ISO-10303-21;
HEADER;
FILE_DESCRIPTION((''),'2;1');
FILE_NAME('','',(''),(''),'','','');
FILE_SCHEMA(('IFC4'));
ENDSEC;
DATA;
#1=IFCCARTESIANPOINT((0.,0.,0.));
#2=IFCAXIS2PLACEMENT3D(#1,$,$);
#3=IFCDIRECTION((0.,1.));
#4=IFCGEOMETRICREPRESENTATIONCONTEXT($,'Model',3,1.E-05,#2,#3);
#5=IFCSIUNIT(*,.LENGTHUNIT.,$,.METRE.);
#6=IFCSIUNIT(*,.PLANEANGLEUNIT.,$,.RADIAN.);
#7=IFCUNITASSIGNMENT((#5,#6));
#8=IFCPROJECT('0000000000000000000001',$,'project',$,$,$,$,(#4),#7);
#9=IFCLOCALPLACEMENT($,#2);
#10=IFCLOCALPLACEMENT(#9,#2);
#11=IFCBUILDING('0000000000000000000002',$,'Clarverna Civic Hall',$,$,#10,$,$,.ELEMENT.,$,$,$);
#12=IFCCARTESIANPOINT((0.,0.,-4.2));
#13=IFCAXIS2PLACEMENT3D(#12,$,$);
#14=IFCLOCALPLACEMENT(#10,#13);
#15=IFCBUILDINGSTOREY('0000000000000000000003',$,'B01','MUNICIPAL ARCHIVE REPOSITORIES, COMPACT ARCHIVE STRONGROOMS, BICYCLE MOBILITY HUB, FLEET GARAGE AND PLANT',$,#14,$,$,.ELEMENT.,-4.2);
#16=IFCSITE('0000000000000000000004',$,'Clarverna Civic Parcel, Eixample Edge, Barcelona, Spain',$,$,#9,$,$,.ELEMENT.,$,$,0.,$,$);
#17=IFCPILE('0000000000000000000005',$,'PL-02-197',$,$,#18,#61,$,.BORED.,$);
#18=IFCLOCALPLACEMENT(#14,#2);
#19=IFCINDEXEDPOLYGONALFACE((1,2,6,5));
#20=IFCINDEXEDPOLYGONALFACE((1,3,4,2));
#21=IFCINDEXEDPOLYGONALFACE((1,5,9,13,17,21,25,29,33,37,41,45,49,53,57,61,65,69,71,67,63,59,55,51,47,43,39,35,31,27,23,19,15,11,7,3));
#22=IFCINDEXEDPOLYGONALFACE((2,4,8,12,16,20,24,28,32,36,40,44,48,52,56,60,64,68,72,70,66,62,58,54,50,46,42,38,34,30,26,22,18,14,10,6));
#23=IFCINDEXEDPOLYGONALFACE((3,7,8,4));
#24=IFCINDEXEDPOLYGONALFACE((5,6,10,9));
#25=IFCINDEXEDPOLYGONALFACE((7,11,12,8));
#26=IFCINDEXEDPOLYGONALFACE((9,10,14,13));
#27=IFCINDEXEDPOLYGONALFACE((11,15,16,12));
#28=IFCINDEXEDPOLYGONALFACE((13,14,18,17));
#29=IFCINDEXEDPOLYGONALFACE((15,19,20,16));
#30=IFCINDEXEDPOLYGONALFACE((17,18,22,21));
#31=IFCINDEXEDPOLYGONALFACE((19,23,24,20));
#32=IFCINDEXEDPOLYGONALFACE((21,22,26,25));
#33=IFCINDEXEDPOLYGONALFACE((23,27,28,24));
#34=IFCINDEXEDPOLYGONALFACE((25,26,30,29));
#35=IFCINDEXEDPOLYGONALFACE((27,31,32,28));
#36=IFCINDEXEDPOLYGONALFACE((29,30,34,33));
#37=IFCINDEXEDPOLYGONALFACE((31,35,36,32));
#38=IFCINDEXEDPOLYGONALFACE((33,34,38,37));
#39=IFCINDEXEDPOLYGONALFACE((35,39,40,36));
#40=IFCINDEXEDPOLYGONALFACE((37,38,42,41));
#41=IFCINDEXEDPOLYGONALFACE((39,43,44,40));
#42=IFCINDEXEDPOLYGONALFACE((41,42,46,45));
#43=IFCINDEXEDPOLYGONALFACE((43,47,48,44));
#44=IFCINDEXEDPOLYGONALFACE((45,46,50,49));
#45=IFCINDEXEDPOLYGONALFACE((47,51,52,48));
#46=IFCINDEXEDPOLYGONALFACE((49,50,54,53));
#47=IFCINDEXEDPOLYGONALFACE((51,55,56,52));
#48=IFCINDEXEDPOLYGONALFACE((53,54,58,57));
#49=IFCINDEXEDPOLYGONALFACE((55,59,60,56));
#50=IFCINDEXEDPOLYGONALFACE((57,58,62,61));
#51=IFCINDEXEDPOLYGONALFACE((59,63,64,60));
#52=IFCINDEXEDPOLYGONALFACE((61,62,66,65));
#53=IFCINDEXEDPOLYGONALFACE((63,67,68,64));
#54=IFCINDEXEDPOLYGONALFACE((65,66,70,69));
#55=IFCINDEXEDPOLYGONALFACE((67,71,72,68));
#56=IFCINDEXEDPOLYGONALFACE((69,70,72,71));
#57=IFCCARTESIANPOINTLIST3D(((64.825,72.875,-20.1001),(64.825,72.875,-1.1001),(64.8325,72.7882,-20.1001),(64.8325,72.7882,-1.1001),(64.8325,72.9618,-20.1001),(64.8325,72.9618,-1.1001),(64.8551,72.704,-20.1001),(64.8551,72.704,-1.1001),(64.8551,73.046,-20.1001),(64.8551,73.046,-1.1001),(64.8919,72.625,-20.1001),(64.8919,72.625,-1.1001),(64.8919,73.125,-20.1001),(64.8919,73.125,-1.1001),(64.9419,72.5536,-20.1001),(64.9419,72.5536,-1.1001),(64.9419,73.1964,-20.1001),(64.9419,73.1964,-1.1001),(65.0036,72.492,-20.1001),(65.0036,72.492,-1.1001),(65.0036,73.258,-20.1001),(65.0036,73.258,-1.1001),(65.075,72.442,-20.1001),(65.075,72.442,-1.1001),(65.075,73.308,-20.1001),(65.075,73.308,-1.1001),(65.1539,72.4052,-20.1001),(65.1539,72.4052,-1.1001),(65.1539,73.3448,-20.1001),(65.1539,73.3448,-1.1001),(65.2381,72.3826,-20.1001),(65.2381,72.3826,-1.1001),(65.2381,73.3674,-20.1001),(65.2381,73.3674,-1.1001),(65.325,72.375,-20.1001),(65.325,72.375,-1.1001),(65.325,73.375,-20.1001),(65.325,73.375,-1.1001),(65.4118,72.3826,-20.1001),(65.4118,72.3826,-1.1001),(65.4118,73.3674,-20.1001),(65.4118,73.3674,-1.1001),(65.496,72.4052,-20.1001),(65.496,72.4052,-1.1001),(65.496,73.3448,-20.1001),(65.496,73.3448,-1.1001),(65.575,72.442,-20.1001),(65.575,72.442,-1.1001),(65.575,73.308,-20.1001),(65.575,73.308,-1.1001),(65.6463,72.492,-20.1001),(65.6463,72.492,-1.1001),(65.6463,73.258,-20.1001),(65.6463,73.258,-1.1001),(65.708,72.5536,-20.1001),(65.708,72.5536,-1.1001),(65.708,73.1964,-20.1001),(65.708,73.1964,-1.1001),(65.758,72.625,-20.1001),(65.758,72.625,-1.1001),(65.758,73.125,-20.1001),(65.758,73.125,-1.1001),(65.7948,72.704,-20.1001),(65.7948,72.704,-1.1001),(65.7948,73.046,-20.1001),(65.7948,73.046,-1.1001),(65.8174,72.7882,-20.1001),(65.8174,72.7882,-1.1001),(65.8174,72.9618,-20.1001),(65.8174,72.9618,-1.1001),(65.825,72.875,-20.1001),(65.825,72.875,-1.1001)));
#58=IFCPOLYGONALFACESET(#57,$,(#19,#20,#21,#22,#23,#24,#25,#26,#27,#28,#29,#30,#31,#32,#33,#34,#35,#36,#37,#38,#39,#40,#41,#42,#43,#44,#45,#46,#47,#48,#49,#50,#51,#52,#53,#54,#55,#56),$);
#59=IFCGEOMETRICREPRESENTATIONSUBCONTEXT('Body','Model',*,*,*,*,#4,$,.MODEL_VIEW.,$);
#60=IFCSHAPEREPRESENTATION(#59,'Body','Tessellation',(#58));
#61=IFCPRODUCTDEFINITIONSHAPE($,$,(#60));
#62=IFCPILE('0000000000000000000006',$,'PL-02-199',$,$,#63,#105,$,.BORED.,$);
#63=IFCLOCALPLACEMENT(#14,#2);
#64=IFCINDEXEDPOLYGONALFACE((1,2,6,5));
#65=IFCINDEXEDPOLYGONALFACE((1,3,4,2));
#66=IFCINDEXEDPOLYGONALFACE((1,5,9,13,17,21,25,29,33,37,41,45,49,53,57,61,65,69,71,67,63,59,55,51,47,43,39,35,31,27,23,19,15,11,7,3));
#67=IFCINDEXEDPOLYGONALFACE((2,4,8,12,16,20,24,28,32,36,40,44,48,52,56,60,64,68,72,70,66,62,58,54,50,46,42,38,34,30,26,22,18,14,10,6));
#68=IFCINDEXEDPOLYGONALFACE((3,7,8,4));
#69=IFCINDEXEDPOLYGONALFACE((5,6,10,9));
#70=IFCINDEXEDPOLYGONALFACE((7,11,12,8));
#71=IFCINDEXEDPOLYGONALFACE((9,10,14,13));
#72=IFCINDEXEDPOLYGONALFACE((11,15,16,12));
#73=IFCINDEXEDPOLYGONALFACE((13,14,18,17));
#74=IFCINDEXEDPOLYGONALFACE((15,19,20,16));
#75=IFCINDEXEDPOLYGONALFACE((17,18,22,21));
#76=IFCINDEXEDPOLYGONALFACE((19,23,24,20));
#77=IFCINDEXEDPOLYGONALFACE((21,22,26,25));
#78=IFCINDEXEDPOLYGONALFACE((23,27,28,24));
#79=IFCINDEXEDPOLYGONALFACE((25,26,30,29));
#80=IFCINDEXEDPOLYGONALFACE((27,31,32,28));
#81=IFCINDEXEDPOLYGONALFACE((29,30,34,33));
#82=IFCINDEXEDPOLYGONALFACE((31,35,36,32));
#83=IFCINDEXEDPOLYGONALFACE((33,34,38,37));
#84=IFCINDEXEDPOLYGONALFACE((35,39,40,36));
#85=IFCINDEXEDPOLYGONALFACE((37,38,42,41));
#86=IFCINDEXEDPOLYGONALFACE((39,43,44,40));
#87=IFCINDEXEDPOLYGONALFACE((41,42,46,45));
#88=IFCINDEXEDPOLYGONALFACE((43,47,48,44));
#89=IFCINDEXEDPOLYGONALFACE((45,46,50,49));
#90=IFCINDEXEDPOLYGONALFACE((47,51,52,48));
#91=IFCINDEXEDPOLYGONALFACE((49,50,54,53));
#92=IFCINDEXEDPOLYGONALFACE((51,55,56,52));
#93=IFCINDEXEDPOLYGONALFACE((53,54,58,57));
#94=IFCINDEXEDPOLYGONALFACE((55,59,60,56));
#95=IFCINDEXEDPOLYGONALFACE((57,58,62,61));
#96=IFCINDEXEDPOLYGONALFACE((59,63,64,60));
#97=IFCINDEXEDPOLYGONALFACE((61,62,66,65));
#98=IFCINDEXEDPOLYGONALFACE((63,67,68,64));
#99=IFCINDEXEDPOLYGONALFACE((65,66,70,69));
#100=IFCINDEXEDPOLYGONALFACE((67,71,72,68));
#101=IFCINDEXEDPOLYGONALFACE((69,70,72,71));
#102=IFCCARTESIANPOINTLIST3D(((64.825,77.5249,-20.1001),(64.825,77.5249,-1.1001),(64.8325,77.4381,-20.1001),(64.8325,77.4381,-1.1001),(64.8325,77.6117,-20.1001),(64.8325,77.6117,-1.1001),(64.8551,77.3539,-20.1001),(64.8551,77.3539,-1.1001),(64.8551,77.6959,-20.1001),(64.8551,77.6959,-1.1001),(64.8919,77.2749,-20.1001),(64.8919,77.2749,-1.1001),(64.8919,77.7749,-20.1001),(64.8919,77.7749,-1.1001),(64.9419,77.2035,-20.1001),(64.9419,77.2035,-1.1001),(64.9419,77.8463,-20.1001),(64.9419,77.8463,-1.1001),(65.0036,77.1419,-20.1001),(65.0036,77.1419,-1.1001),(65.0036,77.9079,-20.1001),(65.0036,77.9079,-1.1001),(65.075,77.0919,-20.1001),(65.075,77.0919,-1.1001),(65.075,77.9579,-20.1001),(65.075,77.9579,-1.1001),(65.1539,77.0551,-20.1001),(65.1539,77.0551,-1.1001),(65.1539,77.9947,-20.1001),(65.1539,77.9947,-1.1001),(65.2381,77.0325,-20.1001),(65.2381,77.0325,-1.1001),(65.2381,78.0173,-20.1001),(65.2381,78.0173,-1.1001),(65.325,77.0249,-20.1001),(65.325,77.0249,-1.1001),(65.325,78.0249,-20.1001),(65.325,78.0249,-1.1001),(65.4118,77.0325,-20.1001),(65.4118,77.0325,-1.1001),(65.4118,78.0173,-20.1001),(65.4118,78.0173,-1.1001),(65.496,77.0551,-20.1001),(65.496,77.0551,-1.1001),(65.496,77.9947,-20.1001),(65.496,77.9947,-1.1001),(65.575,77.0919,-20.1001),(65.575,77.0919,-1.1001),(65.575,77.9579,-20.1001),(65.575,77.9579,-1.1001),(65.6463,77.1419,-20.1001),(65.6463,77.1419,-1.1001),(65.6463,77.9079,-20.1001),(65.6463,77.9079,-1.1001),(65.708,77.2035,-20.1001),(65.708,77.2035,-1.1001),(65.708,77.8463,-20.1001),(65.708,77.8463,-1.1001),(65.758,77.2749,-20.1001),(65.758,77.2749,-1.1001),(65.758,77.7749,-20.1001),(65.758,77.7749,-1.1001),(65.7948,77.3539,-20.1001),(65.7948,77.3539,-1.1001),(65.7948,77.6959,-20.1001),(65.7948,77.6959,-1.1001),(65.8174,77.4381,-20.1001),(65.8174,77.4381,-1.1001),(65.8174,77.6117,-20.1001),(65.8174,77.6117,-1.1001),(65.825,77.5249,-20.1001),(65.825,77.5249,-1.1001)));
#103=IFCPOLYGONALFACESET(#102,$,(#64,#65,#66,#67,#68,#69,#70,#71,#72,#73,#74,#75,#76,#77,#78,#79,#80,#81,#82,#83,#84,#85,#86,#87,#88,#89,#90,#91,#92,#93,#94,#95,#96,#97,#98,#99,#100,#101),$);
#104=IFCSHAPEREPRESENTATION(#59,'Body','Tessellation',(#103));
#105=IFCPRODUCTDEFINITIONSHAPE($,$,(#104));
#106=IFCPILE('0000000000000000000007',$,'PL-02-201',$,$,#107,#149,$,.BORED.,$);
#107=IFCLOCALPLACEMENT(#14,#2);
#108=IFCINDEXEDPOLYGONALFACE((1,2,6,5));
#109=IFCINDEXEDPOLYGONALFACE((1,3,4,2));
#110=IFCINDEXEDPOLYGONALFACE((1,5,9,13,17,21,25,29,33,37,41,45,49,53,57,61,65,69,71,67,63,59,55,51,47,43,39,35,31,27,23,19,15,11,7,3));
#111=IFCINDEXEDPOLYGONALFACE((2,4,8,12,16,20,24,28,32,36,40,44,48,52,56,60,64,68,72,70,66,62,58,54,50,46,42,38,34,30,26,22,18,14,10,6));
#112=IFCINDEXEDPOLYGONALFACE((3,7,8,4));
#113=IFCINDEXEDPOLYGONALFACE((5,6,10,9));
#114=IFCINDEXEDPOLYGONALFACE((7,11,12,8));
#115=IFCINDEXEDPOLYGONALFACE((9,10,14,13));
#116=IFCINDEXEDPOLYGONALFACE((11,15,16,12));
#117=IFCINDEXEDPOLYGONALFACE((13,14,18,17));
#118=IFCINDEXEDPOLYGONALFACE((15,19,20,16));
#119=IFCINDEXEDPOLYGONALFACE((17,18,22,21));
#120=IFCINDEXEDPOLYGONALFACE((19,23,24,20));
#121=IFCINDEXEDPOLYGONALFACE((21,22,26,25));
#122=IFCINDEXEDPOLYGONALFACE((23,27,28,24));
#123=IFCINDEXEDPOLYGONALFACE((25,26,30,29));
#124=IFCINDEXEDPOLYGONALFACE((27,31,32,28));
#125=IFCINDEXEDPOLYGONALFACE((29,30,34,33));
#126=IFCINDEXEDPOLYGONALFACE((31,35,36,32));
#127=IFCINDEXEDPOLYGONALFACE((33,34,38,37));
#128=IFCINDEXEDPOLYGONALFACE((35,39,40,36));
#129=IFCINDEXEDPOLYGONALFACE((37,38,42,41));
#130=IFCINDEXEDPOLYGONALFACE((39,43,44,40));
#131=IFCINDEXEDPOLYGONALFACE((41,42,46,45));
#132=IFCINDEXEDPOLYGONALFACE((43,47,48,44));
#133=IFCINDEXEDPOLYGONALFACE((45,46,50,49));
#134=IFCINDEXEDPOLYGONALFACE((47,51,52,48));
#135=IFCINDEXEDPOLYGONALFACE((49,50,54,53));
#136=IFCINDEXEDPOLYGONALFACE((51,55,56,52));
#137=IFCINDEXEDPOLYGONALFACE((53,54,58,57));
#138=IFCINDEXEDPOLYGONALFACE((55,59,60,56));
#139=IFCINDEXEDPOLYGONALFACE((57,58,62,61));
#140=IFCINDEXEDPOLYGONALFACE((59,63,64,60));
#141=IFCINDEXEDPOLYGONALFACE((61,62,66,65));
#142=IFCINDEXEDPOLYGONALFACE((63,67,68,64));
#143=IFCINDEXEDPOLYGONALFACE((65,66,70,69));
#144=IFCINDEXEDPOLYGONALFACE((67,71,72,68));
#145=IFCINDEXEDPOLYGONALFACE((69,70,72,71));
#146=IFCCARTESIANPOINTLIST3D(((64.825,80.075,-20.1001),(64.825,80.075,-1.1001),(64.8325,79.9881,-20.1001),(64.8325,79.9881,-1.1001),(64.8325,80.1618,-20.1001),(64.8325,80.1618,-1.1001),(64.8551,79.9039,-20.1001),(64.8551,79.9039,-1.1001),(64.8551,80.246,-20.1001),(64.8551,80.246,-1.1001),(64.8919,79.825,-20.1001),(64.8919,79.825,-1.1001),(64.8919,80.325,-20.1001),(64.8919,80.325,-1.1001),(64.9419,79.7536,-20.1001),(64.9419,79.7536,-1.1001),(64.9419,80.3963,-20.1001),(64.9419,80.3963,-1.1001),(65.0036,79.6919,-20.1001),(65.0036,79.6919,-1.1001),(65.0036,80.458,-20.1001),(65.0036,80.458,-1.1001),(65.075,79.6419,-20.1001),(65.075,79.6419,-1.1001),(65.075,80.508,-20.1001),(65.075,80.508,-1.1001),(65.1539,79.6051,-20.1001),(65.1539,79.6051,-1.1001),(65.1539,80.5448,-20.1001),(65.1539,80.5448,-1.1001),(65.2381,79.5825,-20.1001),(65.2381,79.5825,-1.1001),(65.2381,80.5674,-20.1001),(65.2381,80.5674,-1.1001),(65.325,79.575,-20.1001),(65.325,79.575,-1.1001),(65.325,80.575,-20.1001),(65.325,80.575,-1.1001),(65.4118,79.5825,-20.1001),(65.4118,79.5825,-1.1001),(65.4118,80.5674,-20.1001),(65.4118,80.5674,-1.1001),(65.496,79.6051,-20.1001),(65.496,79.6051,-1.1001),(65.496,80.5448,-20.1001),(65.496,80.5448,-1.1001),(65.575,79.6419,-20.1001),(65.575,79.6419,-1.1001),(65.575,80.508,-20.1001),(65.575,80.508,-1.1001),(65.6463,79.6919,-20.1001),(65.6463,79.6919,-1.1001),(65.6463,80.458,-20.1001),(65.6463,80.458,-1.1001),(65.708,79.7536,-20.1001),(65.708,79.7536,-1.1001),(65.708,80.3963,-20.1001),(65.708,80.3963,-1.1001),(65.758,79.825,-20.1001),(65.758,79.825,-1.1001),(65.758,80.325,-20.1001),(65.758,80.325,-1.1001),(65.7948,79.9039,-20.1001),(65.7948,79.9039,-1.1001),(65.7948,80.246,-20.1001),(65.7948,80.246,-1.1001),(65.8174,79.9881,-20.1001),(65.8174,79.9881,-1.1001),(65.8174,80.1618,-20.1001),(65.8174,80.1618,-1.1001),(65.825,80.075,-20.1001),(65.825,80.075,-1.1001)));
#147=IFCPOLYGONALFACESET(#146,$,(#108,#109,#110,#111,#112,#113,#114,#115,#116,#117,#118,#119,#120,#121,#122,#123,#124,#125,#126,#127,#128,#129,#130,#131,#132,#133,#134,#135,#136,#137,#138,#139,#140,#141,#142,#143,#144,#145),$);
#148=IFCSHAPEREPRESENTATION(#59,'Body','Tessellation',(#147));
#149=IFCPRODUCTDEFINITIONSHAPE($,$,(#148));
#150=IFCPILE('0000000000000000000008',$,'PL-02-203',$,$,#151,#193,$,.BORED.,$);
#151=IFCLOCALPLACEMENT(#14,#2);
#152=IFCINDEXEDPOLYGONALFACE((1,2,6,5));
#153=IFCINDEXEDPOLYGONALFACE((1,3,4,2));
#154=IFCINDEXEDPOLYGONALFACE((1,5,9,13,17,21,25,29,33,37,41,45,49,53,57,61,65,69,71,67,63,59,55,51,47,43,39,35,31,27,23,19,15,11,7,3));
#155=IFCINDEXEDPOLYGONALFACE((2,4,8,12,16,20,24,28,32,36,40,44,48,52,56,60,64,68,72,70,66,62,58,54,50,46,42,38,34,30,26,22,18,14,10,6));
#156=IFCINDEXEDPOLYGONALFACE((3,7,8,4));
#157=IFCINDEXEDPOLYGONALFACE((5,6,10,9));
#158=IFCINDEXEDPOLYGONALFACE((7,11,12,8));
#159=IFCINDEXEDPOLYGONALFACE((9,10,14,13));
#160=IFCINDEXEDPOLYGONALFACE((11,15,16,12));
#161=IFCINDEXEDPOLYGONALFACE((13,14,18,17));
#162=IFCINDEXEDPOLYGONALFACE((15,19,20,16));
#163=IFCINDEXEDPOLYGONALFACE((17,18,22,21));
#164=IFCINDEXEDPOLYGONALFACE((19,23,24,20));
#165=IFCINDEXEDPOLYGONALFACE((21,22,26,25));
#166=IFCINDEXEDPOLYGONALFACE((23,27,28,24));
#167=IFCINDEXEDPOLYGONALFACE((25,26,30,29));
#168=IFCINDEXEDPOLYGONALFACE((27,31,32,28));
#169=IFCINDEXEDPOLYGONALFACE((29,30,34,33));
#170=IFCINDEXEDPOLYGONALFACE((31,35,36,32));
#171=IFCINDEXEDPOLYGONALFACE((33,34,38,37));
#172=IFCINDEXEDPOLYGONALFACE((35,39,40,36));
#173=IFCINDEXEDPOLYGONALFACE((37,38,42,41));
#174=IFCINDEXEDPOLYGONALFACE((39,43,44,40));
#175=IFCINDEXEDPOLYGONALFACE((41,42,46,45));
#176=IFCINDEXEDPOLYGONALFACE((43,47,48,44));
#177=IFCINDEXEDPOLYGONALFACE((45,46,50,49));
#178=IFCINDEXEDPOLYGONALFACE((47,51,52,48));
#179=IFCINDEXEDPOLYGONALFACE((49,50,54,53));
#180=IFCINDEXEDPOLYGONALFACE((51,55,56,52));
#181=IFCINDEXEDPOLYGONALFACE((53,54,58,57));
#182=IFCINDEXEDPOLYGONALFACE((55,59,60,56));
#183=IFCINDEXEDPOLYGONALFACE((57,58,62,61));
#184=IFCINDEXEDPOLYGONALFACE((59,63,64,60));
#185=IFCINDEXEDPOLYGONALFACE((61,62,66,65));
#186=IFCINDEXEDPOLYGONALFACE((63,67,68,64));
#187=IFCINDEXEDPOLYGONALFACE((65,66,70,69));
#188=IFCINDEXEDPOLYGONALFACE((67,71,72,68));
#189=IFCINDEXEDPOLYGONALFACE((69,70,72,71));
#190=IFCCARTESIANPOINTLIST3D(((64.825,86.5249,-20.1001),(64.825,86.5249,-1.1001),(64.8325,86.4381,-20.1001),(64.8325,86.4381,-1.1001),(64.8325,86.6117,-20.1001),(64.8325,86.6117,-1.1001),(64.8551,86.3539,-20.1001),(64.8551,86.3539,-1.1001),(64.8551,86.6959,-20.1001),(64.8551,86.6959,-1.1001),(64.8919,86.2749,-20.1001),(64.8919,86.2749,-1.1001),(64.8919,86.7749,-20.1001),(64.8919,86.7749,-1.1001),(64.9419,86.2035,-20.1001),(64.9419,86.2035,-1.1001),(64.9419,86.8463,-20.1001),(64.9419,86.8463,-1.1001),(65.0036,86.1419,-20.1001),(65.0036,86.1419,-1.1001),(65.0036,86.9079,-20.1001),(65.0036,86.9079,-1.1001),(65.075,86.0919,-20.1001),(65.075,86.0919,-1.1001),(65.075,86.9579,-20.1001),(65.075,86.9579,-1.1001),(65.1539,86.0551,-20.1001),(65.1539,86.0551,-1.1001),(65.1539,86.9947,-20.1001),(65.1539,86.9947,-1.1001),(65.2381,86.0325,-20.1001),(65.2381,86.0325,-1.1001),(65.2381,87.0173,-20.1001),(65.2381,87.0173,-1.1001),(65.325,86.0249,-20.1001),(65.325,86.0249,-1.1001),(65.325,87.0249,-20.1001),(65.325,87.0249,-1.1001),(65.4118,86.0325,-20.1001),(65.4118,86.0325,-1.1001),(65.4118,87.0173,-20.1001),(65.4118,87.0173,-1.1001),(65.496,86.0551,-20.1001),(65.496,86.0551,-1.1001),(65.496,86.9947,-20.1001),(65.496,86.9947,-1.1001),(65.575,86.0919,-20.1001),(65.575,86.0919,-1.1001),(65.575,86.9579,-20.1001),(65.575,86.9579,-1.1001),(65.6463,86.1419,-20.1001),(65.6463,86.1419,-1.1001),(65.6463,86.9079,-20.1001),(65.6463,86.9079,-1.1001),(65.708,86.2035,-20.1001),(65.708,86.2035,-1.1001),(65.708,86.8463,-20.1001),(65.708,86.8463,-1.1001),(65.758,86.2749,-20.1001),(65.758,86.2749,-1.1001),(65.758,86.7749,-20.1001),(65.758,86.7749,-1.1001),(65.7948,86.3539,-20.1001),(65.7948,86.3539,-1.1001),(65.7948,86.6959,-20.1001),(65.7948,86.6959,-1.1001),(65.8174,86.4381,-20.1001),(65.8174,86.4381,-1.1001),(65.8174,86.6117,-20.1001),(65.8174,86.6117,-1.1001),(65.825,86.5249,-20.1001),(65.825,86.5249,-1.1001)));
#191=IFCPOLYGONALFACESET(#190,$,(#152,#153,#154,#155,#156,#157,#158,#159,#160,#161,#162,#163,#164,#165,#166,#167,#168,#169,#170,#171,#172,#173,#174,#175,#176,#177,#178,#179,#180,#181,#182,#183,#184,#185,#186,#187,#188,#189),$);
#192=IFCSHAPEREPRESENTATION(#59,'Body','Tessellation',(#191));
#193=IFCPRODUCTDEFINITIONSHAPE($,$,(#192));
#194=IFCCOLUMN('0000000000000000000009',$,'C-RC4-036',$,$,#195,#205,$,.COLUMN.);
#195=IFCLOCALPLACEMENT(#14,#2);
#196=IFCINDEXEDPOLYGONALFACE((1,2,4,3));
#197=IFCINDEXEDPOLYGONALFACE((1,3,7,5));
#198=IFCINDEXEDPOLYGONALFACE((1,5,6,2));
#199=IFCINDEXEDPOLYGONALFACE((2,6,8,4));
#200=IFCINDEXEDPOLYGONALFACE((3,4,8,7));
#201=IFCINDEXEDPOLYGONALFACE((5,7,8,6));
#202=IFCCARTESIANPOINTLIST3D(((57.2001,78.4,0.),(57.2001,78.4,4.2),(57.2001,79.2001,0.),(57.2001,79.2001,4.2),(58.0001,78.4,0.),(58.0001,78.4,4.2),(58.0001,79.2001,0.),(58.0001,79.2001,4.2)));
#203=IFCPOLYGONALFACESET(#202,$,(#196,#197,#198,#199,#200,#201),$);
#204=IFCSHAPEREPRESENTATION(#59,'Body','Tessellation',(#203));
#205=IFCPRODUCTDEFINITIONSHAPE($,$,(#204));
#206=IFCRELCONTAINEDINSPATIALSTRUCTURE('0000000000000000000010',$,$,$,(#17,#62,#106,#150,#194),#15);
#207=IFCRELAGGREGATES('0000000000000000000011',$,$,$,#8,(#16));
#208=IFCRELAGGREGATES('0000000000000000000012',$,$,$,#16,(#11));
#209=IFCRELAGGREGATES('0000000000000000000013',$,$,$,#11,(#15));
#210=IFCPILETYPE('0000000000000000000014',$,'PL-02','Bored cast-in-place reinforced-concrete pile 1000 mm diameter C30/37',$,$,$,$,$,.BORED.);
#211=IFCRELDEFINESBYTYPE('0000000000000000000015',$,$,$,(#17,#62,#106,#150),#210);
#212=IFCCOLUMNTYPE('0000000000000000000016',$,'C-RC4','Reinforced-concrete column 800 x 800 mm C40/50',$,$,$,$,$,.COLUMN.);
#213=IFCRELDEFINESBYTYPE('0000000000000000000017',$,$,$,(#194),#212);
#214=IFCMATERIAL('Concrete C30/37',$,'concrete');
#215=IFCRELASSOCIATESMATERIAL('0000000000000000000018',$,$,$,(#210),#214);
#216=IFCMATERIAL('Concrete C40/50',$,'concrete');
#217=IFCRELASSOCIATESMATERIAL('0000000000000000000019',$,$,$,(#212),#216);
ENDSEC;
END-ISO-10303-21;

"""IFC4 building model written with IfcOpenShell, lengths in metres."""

from ifc_helpers import new_model, si_unit, direction, frame, origin, origin_2d, place, context, subcontext, project, spatial, rectangle, circle, extrude, material, material_profile, profile_set, type_object, element, save


model = new_model("IFC4")

# Units and contexts
model_context = context("Model", 3, precision=1e-05, world=origin(), true_north=direction((0.0, 1.0)))
body_context = subcontext(model_context, "Body", "Model", "MODEL_VIEW")
ifc_project = project(units=[si_unit("LENGTHUNIT", "METRE"), si_unit("PLANEANGLEUNIT", "RADIAN")], contexts=[model_context])

# Site, building, storey
site_placement = place(None, origin())
site = spatial("IfcSite", under=ifc_project, at=site_placement, Name="Clarverna Civic Parcel, Eixample Edge, Barcelona, Spain", CompositionType="ELEMENT", RefElevation=0.0)
building_placement = place(site_placement, origin())
building = spatial("IfcBuilding", under=site, at=building_placement, Name="Clarverna Civic Hall", CompositionType="ELEMENT")
storey_placement = place(building_placement, frame((0.0, 0.0, -4.2)))
storey = spatial("IfcBuildingStorey", under=building, at=storey_placement, Name="B01", Description="MUNICIPAL ARCHIVE REPOSITORIES, COMPACT ARCHIVE STRONGROOMS, BICYCLE MOBILITY HUB, FLEET GARAGE AND PLANT", CompositionType="ELEMENT", Elevation=-4.2)

# Shared definitions
ifc_material_1 = material(Name="Concrete C30/37", Category="concrete")

# Piles
ifc_material_profile_1 = material_profile(ifc_material_1, circle(Radius=0.5, at=origin_2d()), Name="BORED PILE D1000")
ifc_profile_set_1 = profile_set([ifc_material_profile_1], Name="Concrete C30/37")
pile_type_1 = type_object("IfcPileType", Name="PL-02", Description="Bored cast-in-place reinforced-concrete pile 1000 mm diameter C30/37", PredefinedType="BORED", material=ifc_profile_set_1)
for number, where, z_axis, x_axis, name in (
    (1, (65.325, 72.875, -1.1001), (0.0, 0.0, -1.0), (1.0, 0.0, 0.0), "PL-02-197"),
    (2, (65.325, 77.5249, -1.1001), (0.0, 0.0, -1.0), (1.0, 0.0, 0.0), "PL-02-199"),
    (3, (65.325, 80.075, -1.1001), (0.0, 0.0, -1.0), (1.0, 0.0, 0.0), "PL-02-201"),
    (4, (65.325, 86.5249, -1.1001), (0.0, 0.0, -1.0), (1.0, 0.0, 0.0), "PL-02-203"),
):
    element("IfcPile", number, at=place(storey_placement, frame(where, z_axis=z_axis, x_axis=x_axis)), inside=storey, type_object=pile_type_1, Name=name, PredefinedType="BORED", context=body_context, shape_type="SweptSolid", body=[
        extrude(circle(Radius=0.5, at=origin_2d()), origin(), (0.0, 0.0, 1.0), 19.0),
    ])

# Column
ifc_material_2 = material(Name="Concrete C40/50", Category="concrete")
ifc_material_profile_2 = material_profile(ifc_material_2, rectangle(XDim=0.8, YDim=0.8, at=origin_2d()), Name="RC 800x800")
ifc_profile_set_2 = profile_set([ifc_material_profile_2], Name="Concrete C40/50")
column_type_1 = type_object("IfcColumnType", Name="C-RC4", Description="Reinforced-concrete column 800 x 800 mm C40/50", PredefinedType="COLUMN", material=ifc_profile_set_2)
column_1_placement = place(storey_placement, frame((57.6001, 78.8, 0.0), z_axis=(0.0, 0.0, 1.0), x_axis=(1.0, 0.0, 0.0)))
element("IfcColumn", 5, at=column_1_placement, inside=storey, type_object=column_type_1, Name="C-RC4-036", PredefinedType="COLUMN", context=body_context, shape_type="SweptSolid", body=[
    extrude(rectangle(XDim=0.8, YDim=0.8, at=origin_2d()), origin(), (0.0, 0.0, 1.0), 4.2),
])

save(model, "model.ifc")
